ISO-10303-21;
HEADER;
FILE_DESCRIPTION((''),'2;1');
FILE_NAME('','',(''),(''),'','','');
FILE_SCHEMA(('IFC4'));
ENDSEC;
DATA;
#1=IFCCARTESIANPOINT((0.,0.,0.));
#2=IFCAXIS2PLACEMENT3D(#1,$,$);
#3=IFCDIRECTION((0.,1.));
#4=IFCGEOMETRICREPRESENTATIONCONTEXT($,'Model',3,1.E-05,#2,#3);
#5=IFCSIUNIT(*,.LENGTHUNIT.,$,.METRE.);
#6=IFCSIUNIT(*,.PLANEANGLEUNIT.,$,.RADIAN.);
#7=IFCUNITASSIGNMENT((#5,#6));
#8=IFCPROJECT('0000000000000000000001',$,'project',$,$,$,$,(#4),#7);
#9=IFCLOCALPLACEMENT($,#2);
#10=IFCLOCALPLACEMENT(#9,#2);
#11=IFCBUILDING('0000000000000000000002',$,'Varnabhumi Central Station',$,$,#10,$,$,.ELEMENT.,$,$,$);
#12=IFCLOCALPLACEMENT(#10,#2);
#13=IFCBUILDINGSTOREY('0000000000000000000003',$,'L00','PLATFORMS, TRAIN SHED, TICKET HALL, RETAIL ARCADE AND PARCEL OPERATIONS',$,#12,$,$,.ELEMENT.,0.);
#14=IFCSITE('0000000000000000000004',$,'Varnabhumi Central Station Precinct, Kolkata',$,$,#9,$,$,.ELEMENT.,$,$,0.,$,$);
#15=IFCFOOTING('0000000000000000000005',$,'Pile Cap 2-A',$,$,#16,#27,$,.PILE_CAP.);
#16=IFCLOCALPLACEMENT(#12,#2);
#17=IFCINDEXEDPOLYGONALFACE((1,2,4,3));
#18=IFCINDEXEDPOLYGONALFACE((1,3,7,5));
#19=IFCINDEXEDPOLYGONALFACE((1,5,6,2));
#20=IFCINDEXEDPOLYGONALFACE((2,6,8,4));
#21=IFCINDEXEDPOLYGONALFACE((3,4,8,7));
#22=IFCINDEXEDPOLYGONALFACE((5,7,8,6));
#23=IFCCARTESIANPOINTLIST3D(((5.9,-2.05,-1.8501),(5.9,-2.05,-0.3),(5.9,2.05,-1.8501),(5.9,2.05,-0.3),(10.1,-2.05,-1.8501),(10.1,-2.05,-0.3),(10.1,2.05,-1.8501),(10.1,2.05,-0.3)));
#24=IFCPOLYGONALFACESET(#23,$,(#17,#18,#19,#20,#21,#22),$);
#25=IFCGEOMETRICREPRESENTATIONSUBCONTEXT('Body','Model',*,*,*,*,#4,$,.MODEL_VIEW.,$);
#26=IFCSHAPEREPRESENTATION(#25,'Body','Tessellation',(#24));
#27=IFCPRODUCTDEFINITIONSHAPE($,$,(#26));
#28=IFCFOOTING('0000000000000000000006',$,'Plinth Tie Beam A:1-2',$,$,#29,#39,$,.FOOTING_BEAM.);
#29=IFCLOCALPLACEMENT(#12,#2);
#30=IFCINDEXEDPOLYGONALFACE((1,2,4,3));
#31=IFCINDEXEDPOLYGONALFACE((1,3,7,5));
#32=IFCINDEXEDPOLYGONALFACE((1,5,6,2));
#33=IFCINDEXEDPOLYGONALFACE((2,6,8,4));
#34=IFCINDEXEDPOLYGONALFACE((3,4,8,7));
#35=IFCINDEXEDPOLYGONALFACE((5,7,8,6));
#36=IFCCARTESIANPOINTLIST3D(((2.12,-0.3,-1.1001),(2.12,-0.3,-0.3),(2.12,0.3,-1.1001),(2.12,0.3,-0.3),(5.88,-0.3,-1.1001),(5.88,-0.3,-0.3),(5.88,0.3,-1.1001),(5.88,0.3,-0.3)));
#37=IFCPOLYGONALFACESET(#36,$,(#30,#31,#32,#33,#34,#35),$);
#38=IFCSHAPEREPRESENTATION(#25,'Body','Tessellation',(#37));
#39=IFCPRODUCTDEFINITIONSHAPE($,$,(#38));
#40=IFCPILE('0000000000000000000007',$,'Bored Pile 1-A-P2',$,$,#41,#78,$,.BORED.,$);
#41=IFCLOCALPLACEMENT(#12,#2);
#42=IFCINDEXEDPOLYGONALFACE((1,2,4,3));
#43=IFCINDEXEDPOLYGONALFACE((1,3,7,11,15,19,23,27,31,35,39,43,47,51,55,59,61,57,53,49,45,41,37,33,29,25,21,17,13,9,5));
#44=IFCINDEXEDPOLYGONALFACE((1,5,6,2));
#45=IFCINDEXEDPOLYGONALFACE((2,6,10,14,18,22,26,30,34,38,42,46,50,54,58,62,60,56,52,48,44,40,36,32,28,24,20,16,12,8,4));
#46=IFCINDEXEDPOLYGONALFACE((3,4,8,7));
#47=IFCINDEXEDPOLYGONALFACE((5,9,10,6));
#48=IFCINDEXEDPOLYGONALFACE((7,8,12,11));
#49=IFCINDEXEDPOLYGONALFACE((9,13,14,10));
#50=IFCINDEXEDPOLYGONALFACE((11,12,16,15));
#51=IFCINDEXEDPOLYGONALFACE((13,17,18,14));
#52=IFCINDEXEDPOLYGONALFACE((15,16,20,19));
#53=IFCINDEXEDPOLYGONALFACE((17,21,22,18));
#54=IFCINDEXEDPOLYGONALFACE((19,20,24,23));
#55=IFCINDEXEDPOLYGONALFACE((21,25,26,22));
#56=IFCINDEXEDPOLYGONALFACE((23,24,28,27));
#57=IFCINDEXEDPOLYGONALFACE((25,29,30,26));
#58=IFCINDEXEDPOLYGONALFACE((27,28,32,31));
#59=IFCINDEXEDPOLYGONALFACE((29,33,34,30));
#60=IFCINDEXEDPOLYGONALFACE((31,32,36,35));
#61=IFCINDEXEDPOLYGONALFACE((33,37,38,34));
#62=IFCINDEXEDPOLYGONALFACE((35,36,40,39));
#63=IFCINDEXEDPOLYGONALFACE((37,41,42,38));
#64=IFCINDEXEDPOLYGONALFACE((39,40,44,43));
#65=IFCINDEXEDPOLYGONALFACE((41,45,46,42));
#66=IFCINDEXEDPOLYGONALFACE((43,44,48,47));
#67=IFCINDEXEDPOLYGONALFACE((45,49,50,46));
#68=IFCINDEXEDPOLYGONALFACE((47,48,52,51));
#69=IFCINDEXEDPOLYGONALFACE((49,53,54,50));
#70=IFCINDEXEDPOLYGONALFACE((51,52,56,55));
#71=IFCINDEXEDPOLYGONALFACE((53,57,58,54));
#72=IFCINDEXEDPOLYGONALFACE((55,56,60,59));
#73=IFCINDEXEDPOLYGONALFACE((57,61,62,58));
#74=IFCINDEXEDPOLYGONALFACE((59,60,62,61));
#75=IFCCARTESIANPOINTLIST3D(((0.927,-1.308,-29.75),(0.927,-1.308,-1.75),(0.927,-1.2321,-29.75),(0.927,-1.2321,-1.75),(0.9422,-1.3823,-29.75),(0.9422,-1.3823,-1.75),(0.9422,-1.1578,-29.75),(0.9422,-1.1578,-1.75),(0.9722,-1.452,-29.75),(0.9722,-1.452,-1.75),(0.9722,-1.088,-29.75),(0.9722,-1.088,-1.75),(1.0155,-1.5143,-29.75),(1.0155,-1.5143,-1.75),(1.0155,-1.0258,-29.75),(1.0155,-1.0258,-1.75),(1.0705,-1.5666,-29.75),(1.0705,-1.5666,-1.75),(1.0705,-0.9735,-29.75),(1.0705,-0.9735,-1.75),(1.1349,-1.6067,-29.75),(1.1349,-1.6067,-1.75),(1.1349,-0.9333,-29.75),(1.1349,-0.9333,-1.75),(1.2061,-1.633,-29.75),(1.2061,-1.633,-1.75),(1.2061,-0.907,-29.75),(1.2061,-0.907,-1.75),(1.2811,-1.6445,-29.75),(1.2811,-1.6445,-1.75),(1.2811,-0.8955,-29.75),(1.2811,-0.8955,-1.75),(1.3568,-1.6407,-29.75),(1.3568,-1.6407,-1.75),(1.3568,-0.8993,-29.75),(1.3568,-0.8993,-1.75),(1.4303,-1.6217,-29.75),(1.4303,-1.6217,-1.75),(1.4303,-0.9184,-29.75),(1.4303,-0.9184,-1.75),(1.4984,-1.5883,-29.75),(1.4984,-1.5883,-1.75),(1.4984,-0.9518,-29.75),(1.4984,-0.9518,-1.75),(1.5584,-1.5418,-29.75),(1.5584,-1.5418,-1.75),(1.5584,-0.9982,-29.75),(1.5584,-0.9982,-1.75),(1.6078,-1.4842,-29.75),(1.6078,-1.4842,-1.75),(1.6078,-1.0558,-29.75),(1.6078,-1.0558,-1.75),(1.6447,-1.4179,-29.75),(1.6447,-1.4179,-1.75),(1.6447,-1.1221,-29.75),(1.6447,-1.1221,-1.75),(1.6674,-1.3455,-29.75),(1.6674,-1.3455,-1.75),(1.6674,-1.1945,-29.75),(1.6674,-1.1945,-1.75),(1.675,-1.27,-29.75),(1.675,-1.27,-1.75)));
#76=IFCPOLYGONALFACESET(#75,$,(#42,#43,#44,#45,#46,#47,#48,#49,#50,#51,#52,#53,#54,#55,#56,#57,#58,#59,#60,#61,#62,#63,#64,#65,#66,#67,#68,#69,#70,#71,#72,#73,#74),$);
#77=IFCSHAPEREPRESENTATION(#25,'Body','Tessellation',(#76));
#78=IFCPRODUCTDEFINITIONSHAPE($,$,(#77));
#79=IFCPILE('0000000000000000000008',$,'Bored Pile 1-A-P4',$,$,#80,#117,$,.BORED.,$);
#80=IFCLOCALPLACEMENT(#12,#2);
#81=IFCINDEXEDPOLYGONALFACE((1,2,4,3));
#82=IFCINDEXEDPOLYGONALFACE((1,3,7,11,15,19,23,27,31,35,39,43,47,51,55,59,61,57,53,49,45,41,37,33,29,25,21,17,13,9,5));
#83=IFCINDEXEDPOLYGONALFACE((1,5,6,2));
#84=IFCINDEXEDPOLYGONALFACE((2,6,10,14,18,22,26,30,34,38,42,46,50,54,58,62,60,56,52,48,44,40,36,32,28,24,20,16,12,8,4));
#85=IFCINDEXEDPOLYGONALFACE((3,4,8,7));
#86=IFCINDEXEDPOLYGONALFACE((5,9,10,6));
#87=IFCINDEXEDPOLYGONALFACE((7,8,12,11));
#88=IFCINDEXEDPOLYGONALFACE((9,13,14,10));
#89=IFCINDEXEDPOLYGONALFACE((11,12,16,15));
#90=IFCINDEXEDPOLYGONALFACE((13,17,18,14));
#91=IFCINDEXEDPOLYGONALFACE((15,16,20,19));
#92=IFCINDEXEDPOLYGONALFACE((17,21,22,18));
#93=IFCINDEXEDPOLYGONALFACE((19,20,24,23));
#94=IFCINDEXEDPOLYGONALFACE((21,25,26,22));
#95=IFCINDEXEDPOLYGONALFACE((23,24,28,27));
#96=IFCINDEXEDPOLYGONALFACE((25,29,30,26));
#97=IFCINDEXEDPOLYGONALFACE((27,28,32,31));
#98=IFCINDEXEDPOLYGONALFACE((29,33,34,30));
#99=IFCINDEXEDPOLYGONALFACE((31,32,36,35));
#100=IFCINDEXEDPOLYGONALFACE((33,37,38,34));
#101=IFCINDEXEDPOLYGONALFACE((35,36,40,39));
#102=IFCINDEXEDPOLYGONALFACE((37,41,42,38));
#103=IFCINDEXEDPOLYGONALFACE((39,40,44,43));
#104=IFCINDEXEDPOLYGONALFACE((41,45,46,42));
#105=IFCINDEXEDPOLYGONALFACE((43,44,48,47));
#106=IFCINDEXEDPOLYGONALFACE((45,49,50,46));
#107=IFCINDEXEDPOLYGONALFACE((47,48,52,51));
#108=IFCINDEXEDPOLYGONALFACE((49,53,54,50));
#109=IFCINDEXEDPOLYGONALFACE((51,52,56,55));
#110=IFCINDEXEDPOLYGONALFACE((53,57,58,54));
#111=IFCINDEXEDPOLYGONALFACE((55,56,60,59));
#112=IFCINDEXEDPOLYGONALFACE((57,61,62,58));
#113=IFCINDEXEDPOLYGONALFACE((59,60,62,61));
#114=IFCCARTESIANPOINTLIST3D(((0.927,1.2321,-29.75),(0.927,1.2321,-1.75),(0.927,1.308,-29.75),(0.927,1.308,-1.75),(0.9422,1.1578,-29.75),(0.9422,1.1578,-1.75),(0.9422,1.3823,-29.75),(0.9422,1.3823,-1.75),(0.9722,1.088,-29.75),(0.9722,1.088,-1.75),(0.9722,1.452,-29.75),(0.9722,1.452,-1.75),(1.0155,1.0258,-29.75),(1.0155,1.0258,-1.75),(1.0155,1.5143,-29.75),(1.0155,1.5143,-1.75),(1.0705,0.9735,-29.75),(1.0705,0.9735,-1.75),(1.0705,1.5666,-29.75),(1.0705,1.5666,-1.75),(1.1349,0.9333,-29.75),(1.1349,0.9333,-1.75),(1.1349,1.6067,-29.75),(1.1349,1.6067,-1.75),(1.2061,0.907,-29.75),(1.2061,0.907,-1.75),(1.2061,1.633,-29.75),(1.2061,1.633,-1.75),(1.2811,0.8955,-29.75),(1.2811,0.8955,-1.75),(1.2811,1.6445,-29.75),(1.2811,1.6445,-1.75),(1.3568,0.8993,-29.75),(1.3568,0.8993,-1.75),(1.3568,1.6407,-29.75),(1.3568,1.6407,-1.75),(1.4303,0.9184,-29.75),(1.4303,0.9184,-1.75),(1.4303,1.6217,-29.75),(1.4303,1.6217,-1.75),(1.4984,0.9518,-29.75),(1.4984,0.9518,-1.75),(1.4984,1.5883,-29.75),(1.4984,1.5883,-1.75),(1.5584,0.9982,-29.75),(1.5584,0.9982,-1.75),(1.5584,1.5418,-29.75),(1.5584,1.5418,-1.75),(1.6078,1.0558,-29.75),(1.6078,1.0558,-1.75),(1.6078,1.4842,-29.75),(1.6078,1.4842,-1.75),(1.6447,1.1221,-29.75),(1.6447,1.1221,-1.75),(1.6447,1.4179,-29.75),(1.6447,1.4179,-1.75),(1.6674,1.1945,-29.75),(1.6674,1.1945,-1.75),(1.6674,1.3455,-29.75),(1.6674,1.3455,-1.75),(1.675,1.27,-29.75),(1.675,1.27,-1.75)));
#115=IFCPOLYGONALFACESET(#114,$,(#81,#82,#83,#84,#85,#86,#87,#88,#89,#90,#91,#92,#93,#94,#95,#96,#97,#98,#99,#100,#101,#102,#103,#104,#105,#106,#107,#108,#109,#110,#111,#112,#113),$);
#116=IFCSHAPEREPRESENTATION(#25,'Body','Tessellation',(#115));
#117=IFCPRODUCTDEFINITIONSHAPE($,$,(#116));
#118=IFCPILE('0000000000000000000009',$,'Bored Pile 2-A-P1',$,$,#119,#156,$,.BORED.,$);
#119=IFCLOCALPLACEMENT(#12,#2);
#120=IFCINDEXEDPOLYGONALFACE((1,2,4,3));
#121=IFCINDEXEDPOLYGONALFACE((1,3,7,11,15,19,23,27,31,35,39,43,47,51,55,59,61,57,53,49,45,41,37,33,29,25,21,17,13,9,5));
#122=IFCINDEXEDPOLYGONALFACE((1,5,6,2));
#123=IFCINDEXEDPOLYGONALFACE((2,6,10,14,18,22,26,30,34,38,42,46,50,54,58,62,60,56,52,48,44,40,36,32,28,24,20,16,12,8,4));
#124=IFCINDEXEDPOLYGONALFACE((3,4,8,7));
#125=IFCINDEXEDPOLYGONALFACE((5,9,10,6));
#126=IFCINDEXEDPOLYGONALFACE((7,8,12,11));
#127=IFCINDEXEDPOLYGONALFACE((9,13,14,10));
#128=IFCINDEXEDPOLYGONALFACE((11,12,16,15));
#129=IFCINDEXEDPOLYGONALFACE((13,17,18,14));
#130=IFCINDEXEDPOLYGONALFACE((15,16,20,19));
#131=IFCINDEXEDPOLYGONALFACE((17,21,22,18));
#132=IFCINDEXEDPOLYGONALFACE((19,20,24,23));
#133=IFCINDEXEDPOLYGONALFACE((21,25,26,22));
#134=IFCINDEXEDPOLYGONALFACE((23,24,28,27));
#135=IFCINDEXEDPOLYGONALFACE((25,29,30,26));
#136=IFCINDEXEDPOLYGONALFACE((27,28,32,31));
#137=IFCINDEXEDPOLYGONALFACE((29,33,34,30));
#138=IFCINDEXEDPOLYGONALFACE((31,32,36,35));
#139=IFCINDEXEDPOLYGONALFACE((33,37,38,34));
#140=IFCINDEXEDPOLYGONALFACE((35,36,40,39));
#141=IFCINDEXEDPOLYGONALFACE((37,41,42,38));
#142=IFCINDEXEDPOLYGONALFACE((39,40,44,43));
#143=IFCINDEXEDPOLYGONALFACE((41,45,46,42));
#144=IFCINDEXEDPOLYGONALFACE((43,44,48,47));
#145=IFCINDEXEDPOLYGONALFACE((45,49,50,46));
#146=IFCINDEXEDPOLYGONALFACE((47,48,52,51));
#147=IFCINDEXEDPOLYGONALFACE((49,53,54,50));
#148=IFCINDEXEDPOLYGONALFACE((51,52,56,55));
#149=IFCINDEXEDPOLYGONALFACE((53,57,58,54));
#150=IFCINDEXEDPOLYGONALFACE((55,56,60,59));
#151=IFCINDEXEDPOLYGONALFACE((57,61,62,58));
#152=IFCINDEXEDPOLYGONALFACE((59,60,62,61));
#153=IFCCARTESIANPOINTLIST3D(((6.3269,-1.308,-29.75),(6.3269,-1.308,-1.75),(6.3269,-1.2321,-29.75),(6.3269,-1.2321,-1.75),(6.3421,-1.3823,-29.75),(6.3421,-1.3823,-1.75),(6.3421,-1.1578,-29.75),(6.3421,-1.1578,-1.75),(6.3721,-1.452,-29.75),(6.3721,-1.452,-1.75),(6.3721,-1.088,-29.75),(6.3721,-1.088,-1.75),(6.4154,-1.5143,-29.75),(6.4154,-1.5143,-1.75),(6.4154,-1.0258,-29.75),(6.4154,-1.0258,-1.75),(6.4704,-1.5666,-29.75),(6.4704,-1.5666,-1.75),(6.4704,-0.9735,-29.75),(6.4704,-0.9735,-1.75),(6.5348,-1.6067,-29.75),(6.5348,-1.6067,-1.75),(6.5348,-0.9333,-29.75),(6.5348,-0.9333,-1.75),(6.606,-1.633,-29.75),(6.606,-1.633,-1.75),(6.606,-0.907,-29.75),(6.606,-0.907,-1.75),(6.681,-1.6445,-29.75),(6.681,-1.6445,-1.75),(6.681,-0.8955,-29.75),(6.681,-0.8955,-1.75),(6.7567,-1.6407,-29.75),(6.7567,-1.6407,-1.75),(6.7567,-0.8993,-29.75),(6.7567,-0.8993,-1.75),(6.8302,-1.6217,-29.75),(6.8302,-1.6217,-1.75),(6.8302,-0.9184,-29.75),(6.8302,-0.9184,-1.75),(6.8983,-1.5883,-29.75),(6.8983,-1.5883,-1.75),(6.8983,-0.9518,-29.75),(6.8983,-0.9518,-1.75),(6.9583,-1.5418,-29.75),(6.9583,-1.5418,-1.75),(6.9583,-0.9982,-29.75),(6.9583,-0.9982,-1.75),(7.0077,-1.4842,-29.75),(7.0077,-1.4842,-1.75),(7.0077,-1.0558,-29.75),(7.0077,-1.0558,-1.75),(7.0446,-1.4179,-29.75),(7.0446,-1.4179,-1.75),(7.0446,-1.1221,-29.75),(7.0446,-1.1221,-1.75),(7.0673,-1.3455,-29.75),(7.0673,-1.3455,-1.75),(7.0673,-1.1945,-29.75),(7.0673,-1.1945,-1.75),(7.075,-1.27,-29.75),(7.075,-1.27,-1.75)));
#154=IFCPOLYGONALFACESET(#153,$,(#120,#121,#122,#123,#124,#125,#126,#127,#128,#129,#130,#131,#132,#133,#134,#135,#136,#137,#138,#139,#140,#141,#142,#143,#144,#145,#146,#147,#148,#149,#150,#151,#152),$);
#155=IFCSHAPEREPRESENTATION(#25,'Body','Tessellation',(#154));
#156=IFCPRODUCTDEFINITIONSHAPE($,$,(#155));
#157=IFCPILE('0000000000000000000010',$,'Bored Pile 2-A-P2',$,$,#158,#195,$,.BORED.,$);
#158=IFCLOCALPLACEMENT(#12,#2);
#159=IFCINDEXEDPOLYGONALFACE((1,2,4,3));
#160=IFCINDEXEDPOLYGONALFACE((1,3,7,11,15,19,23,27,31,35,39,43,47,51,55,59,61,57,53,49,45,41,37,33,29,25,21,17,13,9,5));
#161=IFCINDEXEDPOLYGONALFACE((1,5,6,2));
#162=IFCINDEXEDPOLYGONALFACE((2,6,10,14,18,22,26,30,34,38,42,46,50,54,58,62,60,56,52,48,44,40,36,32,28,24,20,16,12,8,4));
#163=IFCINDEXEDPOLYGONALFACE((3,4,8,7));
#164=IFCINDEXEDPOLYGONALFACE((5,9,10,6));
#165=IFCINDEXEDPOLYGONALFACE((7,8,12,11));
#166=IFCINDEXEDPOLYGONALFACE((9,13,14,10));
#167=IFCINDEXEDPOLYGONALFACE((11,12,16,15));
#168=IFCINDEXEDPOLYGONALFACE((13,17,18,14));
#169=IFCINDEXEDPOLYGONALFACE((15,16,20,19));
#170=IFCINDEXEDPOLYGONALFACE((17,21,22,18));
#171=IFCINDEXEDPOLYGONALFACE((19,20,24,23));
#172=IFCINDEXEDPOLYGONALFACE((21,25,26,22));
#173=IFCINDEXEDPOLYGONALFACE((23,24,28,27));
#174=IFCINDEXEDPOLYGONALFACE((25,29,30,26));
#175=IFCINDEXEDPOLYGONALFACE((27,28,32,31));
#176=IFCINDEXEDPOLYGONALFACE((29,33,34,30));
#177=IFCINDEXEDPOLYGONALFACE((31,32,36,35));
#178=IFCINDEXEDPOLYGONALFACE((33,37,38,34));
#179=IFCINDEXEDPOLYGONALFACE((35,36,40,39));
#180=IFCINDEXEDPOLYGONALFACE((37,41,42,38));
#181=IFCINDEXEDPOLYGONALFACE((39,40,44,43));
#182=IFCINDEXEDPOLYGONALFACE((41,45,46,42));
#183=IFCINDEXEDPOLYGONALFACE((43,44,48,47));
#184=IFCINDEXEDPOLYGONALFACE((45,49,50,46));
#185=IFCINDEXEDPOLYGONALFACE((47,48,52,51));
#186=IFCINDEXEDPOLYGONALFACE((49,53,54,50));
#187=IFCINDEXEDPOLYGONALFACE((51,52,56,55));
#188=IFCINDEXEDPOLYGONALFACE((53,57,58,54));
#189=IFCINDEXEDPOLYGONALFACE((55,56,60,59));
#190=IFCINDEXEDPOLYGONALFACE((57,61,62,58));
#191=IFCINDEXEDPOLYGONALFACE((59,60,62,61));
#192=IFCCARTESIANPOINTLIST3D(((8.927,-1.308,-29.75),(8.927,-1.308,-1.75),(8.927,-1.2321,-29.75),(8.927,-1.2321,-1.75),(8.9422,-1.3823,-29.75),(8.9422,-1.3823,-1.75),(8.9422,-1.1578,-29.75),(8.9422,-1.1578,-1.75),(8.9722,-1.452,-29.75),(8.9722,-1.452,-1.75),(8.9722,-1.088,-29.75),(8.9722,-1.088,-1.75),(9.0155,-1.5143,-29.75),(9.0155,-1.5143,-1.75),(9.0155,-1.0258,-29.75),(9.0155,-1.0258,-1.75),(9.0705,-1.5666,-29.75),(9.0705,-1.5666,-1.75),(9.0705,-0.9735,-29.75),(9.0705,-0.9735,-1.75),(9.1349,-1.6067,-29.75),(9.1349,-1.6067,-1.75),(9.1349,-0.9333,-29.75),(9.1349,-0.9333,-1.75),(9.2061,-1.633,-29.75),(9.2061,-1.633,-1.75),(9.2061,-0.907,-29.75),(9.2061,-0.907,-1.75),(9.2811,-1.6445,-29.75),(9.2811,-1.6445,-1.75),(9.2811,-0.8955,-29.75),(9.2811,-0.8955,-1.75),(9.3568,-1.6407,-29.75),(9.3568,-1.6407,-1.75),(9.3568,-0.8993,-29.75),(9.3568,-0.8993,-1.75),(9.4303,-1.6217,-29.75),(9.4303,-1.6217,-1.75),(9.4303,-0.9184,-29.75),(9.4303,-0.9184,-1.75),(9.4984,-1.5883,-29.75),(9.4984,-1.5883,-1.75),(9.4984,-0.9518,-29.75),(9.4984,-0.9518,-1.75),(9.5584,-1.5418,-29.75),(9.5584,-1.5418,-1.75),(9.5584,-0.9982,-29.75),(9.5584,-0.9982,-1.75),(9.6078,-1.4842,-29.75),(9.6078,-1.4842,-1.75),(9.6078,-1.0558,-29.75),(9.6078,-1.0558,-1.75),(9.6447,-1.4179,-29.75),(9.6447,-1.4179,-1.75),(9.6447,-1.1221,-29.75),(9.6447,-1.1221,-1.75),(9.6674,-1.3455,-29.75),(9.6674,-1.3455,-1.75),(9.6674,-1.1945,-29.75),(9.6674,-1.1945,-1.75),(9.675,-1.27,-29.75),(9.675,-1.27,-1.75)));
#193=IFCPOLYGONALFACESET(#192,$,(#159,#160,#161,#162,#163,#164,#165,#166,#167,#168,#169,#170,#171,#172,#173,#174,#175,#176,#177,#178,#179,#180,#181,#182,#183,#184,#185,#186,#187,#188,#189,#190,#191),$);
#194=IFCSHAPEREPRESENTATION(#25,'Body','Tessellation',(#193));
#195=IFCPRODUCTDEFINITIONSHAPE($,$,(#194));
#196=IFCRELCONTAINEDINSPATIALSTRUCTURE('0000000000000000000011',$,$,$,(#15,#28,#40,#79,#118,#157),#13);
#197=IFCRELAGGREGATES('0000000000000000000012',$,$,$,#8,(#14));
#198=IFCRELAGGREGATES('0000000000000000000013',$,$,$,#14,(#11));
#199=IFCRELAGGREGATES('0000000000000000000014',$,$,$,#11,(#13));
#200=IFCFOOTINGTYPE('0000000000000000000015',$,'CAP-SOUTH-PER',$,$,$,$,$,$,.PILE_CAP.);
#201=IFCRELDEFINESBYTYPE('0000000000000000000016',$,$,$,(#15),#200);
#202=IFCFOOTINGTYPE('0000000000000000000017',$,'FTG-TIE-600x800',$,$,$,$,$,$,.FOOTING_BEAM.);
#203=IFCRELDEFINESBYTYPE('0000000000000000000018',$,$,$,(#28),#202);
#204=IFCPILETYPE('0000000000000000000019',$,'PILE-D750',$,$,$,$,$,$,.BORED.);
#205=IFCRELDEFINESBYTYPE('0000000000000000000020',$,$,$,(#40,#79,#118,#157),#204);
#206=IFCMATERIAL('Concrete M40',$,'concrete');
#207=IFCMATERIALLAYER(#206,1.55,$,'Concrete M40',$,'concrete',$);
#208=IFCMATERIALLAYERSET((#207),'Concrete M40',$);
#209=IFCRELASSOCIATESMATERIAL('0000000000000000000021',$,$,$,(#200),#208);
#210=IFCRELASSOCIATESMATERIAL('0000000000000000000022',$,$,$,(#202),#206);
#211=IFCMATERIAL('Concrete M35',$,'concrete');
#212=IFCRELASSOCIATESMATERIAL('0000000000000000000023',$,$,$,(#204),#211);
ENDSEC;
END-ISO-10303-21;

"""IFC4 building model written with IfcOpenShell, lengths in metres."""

from ifc_helpers import new_model, si_unit, direction, frame, origin, origin_2d, place, context, subcontext, project, spatial, rectangle, circle, extrude, material, layer, layer_set, material_profile, profile_set, type_object, element, save


model = new_model("IFC4")

# Units and contexts
model_context = context("Model", 3, precision=1e-05, world=origin(), true_north=direction((0.0, 1.0)))
body_context = subcontext(model_context, "Body", "Model", "MODEL_VIEW")
ifc_project = project(units=[si_unit("LENGTHUNIT", "METRE"), si_unit("PLANEANGLEUNIT", "RADIAN")], contexts=[model_context])

# Site, building, storey
site_placement = place(None, origin())
site = spatial("IfcSite", under=ifc_project, at=site_placement, Name="Varnabhumi Central Station Precinct, Kolkata", CompositionType="ELEMENT", RefElevation=0.0)
building_placement = place(site_placement, origin())
building = spatial("IfcBuilding", under=site, at=building_placement, Name="Varnabhumi Central Station", CompositionType="ELEMENT")
storey_placement = place(building_placement, origin())
storey = spatial("IfcBuildingStorey", under=building, at=storey_placement, Name="L00", Description="PLATFORMS, TRAIN SHED, TICKET HALL, RETAIL ARCADE AND PARCEL OPERATIONS", CompositionType="ELEMENT", Elevation=0.0)

# Footings
ifc_material_1 = material(Name="Concrete M40", Category="concrete")
ifc_layer_1 = layer(ifc_material_1, 1.55, Name="Concrete M40", Category="concrete")
ifc_layer_set_1 = layer_set([ifc_layer_1], Name="Concrete M40")
footing_type_1 = type_object("IfcFootingType", Name="CAP-SOUTH-PER", PredefinedType="PILE_CAP", material=ifc_layer_set_1)
footing_1_placement = place(storey_placement, frame((8.0, 0.0, -1.8501), z_axis=(0.0, 0.0, 1.0), x_axis=(1.0, 0.0, 0.0)))
element("IfcFooting", 1, at=footing_1_placement, inside=storey, type_object=footing_type_1, Name="Pile Cap 2-A", PredefinedType="PILE_CAP", context=body_context, shape_type="SweptSolid", body=[
    extrude(rectangle(XDim=4.2, YDim=4.1001, at=origin_2d()), origin(), (0.0, 0.0, 1.0), 1.55),
])
footing_type_2 = type_object("IfcFootingType", Name="FTG-TIE-600x800", PredefinedType="FOOTING_BEAM", material=ifc_material_1)
footing_2_placement = place(storey_placement, frame((4.0, 0.0, -1.1001), z_axis=(0.0, 0.0, 1.0), x_axis=(1.0, 0.0, 0.0)))
element("IfcFooting", 2, at=footing_2_placement, inside=storey, type_object=footing_type_2, Name="Plinth Tie Beam A:1-2", PredefinedType="FOOTING_BEAM", context=body_context, shape_type="SweptSolid", body=[
    extrude(rectangle(XDim=3.76, YDim=0.6001, at=origin_2d()), origin(), (0.0, 0.0, 1.0), 0.8),
])

# Piles
ifc_material_2 = material(Name="Concrete M35", Category="concrete")
ifc_material_profile_1 = material_profile(ifc_material_2, circle(Radius=0.375, at=origin_2d()), Name="Concrete M35", Category="concrete")
ifc_profile_set_1 = profile_set([ifc_material_profile_1], Name="Concrete M35")
pile_type = type_object("IfcPileType", Name="PILE-D750", PredefinedType="BORED", material=ifc_profile_set_1)
for number, where, z_axis, x_axis, name in (
    (3, (1.3, -1.27, -1.75), (0.0, 0.0, -1.0), (1.0, 0.0, 0.0), "Bored Pile 1-A-P2"),
    (4, (1.3, 1.27, -1.75), (0.0, 0.0, -1.0), (1.0, 0.0, 0.0), "Bored Pile 1-A-P4"),
    (5, (6.7, -1.27, -1.75), (0.0, 0.0, -1.0), (1.0, 0.0, 0.0), "Bored Pile 2-A-P1"),
    (6, (9.3, -1.27, -1.75), (0.0, 0.0, -1.0), (1.0, 0.0, 0.0), "Bored Pile 2-A-P2"),
):
    element("IfcPile", number, at=place(storey_placement, frame(where, z_axis=z_axis, x_axis=x_axis)), inside=storey, type_object=pile_type, Name=name, PredefinedType="BORED", context=body_context, shape_type="SweptSolid", body=[
        extrude(circle(Radius=0.375, at=origin_2d()), origin(), (0.0, 0.0, 1.0), 28.0),
    ])

save(model, "model.ifc")
